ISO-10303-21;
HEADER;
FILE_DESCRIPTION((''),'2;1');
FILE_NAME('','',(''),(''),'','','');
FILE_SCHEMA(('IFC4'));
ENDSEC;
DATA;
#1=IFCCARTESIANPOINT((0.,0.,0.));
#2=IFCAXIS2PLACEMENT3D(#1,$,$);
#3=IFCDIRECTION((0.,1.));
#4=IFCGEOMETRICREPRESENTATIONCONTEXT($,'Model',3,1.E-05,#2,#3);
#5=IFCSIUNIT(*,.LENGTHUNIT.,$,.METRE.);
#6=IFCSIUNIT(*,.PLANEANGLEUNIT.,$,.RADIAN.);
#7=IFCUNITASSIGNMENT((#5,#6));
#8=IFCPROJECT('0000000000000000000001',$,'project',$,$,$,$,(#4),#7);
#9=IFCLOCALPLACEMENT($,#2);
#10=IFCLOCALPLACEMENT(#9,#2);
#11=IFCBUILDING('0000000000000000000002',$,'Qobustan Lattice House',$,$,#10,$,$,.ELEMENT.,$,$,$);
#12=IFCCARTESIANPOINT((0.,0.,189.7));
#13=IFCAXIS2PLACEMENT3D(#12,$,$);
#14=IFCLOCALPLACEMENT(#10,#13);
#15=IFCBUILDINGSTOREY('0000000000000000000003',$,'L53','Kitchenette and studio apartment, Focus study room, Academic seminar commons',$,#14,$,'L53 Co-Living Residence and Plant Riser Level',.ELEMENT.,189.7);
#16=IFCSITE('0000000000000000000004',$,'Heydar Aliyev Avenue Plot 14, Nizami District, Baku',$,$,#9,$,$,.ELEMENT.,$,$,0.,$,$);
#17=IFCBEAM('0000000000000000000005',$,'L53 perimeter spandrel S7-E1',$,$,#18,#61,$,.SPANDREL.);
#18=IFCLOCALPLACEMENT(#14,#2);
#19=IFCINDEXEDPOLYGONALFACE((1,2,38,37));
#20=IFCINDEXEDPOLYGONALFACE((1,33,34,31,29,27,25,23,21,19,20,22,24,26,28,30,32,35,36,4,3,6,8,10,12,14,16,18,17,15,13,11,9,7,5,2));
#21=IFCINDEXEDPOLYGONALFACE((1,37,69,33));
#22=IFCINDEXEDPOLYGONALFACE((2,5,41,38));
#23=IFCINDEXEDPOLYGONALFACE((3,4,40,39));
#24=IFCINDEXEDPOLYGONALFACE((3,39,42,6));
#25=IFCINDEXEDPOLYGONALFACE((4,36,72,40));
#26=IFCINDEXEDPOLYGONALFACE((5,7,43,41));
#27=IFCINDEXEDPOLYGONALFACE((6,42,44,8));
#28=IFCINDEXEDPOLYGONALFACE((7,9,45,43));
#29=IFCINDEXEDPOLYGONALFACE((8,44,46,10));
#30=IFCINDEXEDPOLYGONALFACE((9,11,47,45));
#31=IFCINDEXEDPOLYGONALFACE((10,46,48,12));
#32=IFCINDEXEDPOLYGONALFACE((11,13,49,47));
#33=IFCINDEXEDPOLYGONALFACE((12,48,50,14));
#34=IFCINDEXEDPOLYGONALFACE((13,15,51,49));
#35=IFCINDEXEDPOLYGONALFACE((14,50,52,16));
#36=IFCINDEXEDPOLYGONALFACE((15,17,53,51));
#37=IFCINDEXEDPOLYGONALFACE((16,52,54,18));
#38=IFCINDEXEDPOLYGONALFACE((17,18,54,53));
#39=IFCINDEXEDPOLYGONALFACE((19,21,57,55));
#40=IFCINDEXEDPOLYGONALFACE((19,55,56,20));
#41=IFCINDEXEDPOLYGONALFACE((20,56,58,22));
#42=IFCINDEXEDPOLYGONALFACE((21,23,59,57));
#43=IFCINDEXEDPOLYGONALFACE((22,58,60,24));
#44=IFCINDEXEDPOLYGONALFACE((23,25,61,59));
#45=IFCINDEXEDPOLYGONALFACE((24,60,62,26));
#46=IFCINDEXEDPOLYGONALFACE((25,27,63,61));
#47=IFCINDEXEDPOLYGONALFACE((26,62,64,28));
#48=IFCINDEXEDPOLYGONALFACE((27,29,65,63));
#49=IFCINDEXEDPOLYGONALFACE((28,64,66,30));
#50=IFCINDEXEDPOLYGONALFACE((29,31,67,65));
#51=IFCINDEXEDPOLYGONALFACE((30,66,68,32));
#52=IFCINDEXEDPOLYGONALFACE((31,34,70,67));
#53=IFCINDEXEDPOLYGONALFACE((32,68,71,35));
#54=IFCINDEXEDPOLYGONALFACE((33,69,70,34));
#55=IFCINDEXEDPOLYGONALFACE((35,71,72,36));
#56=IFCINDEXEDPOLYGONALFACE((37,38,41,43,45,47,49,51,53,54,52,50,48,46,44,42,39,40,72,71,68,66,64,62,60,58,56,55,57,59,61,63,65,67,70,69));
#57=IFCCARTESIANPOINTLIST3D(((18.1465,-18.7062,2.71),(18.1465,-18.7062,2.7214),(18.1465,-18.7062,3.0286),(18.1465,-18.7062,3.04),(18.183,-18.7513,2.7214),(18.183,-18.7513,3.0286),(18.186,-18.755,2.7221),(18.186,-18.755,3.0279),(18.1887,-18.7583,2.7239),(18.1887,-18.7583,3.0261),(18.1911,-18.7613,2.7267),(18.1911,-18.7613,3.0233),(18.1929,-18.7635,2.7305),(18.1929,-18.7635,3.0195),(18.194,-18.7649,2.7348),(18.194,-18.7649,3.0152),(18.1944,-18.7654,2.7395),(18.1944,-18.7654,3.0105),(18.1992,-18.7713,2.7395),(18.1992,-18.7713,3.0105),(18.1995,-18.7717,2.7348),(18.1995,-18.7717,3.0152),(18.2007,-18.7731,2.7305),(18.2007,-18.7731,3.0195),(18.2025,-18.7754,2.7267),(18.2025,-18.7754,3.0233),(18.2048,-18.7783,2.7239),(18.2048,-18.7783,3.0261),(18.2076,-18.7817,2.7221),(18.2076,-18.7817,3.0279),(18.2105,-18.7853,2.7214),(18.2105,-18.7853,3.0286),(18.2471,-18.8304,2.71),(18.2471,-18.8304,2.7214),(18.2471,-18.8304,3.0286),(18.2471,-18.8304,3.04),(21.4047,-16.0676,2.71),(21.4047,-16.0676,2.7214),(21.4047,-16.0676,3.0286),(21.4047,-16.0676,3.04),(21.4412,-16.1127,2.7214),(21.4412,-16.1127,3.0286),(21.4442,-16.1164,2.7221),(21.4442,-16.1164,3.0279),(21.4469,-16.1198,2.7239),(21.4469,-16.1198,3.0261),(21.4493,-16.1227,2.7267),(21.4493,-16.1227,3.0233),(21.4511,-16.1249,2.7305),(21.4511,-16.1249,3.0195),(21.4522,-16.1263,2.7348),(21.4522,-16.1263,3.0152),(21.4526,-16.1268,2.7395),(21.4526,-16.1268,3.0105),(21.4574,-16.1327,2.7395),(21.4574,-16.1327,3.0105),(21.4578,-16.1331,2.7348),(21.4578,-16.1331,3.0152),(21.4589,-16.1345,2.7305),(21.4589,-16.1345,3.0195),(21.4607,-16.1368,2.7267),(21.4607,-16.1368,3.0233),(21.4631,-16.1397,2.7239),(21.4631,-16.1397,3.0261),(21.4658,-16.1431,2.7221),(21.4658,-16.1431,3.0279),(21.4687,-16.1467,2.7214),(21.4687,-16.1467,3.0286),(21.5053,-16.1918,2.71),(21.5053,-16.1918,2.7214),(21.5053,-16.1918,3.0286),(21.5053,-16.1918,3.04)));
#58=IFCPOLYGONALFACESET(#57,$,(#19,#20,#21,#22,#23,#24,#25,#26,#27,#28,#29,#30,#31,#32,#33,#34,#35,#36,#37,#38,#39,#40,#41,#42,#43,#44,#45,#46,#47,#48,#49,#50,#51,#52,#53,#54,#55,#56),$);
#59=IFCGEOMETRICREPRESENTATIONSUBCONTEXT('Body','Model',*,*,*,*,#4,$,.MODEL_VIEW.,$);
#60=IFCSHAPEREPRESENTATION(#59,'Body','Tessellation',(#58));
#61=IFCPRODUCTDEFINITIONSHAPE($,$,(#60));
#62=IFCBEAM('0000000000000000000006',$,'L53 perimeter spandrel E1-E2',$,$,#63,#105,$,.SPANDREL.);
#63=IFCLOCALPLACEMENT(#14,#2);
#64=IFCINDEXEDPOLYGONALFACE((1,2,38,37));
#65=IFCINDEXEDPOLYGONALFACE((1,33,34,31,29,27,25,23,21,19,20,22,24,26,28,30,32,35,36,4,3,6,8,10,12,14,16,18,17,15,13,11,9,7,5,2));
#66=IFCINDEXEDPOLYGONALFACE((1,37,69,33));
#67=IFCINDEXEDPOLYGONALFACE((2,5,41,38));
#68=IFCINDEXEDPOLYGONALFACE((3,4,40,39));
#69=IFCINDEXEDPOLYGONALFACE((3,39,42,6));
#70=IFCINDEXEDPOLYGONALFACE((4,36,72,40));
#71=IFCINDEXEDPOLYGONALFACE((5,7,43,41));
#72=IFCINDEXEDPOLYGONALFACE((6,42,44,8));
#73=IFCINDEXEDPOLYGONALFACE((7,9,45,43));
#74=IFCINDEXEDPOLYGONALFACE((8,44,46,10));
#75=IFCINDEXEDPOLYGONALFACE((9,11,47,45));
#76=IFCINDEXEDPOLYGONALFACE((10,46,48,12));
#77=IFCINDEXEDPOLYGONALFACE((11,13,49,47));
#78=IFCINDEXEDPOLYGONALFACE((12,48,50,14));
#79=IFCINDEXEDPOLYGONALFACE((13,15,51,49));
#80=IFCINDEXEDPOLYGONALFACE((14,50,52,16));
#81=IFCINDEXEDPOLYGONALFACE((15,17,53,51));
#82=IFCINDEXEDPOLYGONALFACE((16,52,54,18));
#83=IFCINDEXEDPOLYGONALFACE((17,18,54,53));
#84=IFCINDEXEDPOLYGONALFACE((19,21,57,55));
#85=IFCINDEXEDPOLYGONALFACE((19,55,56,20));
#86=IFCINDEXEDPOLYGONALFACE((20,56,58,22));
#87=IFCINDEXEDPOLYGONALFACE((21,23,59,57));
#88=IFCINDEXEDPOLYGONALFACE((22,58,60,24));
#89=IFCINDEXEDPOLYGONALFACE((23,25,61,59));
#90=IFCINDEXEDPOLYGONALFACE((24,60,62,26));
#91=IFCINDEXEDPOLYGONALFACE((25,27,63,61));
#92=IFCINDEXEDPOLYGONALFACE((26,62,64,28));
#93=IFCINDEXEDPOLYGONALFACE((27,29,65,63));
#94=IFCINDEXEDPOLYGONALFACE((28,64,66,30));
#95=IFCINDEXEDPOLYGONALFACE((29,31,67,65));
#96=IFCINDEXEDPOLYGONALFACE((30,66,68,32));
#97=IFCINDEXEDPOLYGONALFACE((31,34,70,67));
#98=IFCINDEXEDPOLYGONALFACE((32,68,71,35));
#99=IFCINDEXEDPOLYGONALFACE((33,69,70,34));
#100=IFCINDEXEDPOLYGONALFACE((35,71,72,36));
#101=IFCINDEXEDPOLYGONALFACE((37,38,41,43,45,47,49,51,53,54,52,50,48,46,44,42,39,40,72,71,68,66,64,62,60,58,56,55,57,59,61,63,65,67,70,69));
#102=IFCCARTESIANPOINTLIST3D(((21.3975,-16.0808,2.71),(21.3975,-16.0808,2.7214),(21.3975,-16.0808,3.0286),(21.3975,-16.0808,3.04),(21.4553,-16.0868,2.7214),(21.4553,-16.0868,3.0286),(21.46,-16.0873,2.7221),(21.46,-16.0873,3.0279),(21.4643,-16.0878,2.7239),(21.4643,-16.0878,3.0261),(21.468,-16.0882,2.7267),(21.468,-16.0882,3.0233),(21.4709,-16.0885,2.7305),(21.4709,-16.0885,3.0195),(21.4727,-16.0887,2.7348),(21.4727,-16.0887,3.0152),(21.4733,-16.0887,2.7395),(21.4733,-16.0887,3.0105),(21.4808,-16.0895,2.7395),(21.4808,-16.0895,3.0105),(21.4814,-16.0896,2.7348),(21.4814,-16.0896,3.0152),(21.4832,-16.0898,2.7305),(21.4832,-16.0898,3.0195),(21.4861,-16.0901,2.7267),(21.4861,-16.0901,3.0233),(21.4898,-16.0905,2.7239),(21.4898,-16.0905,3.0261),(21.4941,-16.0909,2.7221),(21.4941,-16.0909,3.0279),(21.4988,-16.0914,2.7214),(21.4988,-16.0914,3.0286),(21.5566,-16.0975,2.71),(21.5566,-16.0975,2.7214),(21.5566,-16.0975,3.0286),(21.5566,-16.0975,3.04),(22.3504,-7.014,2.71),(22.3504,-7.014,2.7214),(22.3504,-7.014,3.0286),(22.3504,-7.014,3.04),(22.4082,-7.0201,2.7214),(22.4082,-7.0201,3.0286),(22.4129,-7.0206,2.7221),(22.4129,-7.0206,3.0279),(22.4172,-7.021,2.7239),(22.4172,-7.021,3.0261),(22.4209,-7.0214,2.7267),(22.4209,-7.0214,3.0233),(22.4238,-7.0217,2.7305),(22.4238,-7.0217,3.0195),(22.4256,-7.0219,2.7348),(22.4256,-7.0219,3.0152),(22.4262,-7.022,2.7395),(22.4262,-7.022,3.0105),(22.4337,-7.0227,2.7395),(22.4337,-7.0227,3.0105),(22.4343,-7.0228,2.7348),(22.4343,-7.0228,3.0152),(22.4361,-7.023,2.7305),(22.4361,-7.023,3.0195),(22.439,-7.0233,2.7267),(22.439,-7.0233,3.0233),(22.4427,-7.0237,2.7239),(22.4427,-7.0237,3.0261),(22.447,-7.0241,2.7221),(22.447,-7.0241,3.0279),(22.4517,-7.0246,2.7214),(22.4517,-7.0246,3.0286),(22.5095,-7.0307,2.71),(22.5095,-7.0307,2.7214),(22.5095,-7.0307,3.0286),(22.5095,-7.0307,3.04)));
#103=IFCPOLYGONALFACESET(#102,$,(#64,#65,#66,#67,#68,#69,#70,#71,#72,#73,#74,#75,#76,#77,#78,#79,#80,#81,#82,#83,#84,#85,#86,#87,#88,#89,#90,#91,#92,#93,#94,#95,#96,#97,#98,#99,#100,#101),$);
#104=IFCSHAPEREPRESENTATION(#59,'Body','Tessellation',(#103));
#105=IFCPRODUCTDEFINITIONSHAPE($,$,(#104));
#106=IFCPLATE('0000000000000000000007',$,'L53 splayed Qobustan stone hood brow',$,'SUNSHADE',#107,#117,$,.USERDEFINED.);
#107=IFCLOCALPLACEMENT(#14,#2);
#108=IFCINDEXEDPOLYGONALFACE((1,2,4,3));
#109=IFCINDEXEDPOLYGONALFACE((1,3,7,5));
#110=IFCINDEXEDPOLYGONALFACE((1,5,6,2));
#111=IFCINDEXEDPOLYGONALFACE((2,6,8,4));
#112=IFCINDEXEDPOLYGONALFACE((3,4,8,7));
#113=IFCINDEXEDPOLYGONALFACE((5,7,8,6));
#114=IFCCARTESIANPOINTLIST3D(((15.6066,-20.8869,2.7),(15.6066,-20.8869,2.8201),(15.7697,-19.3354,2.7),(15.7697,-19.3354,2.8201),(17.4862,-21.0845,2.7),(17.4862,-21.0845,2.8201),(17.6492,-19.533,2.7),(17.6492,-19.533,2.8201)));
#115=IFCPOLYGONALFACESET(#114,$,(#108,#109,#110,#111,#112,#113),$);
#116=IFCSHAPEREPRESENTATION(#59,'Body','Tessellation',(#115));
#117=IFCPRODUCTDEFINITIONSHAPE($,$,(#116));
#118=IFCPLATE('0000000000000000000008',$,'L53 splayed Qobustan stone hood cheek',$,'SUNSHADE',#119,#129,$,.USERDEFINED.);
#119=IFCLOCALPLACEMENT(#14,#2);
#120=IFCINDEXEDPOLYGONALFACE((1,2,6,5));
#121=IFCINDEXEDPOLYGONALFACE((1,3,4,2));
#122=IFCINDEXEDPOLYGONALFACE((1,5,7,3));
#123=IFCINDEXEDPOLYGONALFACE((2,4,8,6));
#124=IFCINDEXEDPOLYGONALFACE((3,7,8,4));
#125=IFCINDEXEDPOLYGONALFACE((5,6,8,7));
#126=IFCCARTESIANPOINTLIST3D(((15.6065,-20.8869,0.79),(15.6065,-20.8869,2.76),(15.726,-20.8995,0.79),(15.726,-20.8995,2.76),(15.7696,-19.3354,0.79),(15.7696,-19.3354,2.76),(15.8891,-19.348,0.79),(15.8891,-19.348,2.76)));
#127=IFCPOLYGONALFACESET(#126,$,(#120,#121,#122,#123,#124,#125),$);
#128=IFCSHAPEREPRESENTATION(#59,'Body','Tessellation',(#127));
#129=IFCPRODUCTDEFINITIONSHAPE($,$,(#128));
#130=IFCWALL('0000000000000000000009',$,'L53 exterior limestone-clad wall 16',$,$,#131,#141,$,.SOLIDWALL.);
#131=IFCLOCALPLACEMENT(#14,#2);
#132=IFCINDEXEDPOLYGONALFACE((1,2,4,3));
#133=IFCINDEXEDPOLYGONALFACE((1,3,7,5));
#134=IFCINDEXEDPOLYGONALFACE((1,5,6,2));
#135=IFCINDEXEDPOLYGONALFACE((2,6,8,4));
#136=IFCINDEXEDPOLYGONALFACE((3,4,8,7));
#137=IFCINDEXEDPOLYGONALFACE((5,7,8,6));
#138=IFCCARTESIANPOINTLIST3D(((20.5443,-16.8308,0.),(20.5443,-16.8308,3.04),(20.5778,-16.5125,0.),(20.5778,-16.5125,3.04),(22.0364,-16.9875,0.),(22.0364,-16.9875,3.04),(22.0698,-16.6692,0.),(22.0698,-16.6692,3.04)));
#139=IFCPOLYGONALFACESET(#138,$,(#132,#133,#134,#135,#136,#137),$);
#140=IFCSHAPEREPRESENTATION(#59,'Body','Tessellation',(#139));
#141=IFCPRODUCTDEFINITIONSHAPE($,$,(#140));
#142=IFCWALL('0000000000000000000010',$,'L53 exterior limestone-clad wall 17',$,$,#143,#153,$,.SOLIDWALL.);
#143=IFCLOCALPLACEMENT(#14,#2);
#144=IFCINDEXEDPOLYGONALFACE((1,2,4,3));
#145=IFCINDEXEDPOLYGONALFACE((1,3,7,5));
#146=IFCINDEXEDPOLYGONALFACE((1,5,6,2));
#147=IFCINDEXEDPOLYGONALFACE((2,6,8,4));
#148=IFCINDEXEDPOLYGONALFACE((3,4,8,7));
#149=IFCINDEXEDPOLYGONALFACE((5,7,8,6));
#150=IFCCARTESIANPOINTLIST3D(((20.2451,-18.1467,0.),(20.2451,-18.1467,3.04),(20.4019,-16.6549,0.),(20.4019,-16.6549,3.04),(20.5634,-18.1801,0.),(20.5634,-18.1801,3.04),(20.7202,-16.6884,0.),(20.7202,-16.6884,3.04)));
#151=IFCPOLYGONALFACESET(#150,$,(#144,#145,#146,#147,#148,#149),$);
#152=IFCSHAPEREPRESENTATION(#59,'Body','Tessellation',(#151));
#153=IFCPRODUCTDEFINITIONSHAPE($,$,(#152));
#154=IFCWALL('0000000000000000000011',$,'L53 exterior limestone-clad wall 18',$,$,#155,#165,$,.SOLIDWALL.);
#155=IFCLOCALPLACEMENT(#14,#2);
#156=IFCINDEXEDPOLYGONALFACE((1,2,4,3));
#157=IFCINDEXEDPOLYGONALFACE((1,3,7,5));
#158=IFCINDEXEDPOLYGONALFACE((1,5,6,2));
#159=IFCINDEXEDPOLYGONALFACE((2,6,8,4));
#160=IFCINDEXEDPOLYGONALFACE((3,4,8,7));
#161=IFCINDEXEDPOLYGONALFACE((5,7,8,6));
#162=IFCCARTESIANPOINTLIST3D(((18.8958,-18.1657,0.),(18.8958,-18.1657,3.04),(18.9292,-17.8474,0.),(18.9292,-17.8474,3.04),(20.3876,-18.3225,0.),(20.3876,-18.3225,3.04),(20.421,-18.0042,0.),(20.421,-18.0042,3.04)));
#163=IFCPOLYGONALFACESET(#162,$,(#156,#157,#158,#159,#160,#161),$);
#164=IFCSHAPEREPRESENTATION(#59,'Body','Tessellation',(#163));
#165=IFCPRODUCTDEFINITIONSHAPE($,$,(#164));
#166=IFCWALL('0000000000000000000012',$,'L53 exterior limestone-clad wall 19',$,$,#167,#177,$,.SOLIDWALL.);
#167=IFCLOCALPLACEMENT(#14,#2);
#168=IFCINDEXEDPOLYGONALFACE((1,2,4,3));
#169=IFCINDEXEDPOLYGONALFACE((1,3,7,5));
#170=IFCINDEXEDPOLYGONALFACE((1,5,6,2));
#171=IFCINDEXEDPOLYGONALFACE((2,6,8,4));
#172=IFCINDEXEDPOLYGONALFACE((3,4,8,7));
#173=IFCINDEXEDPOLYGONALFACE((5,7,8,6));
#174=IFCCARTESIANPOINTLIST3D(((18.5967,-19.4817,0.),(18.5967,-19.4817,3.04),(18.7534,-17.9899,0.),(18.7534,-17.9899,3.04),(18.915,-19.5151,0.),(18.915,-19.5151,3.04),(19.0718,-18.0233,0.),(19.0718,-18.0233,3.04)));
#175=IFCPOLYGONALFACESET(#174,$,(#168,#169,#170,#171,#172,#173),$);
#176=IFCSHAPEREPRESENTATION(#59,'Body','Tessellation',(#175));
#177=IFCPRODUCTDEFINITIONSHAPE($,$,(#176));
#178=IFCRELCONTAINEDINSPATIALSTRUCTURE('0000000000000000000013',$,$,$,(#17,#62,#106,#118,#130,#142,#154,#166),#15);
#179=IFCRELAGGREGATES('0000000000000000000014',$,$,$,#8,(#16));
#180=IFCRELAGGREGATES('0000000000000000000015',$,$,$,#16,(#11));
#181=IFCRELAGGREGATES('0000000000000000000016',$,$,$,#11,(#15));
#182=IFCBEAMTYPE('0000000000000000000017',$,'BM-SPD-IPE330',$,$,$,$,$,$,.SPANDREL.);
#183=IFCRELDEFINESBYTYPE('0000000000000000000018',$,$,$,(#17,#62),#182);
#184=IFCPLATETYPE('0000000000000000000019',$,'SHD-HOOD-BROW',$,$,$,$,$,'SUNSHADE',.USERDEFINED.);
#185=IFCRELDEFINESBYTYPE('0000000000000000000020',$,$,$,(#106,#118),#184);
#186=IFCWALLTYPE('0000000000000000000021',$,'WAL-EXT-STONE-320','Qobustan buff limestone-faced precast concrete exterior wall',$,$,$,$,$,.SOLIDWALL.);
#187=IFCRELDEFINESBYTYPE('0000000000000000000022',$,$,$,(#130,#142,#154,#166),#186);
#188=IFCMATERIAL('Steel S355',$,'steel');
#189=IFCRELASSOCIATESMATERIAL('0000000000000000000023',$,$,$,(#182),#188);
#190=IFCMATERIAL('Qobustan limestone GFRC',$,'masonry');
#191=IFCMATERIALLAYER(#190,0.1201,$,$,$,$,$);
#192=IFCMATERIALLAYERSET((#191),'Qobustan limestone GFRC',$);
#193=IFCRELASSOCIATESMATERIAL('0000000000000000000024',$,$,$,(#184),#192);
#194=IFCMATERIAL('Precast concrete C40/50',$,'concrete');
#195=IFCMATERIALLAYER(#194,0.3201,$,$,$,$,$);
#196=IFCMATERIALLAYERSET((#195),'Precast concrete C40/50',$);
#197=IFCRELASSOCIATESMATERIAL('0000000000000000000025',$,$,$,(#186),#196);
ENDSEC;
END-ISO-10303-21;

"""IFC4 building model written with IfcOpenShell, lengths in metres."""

from ifc_helpers import new_model, si_unit, direction, frame, frame_2d, origin, origin_2d, place, context, subcontext, project, spatial, rectangle, i_section, extrude, material, layer, layer_set, material_profile, profile_set, type_object, element, save


model = new_model("IFC4")

# Units and contexts
model_context = context("Model", 3, precision=1e-05, world=origin(), true_north=direction((0.0, 1.0)))
body_context = subcontext(model_context, "Body", "Model", "MODEL_VIEW")
ifc_project = project(units=[si_unit("LENGTHUNIT", "METRE"), si_unit("PLANEANGLEUNIT", "RADIAN")], contexts=[model_context])

# Site, building, storey
site_placement = place(None, origin())
site = spatial("IfcSite", under=ifc_project, at=site_placement, Name="Heydar Aliyev Avenue Plot 14, Nizami District, Baku", CompositionType="ELEMENT", RefElevation=0.0)
building_placement = place(site_placement, origin())
building = spatial("IfcBuilding", under=site, at=building_placement, Name="Qobustan Lattice House", CompositionType="ELEMENT")
storey_placement = place(building_placement, frame((0.0, 0.0, 189.7)))
storey = spatial("IfcBuildingStorey", under=building, at=storey_placement, Name="L53", Description="Kitchenette and studio apartment, Focus study room, Academic seminar commons", LongName="L53 Co-Living Residence and Plant Riser Level", CompositionType="ELEMENT", Elevation=189.7)

# Beams
ifc_material_1 = material(Name="Steel S355", Category="steel")
ifc_material_profile_1 = material_profile(ifc_material_1, i_section(OverallWidth=0.1599, OverallDepth=0.3301, WebThickness=0.0076, FlangeThickness=0.0115, FilletRadius=0.0181, at=origin_2d()), Name="IPE330")
ifc_profile_set_1 = profile_set([ifc_material_profile_1], Name="Steel S355")
beam_type_1 = type_object("IfcBeamType", Name="BM-SPD-IPE330", PredefinedType="SPANDREL", material=ifc_profile_set_1)
beam_1_placement = place(storey_placement, frame((18.1968, -18.7683, 2.875), z_axis=(0.777128, 0.629342, 0.0), x_axis=(-0.629342, 0.777128, 0.0)))
element("IfcBeam", 1, at=beam_1_placement, inside=storey, type_object=beam_type_1, Name="L53 perimeter spandrel S7-E1", PredefinedType="SPANDREL", context=body_context, shape_type="SweptSolid", body=[
    extrude(i_section(OverallWidth=0.1599, OverallDepth=0.3301, WebThickness=0.0076, FlangeThickness=0.0115, FilletRadius=0.0181, at=origin_2d()), origin(), (0.0, 0.0, 1.0), 4.1926),
])
beam_2_placement = place(storey_placement, frame((21.4771, -16.0891, 2.875), z_axis=(0.104522, 0.994523, 0.0), x_axis=(-0.994523, 0.104522, 0.0)))
element("IfcBeam", 2, at=beam_2_placement, inside=storey, type_object=beam_type_1, Name="L53 perimeter spandrel E1-E2", PredefinedType="SPANDREL", context=body_context, shape_type="SweptSolid", body=[
    extrude(i_section(OverallWidth=0.1599, OverallDepth=0.3301, WebThickness=0.0076, FlangeThickness=0.0115, FilletRadius=0.0181, at=origin_2d()), origin(), (0.0, 0.0, 1.0), 9.1167),
])

# Plates
ifc_material_2 = material(Name="Qobustan limestone GFRC", Category="masonry")
ifc_layer_1 = layer(ifc_material_2, 0.1201)
ifc_layer_set_1 = layer_set([ifc_layer_1], Name="Qobustan limestone GFRC")
plate_type = type_object("IfcPlateType", Name="SHD-HOOD-BROW", ElementType="SUNSHADE", PredefinedType="USERDEFINED", material=ifc_layer_set_1)
plate_1_placement = place(storey_placement, frame((16.6279, -20.21, 2.7), z_axis=(0.0, 0.0, 1.0), x_axis=(-0.994522, 0.104528, 0.0)))
element("IfcPlate", 3, at=plate_1_placement, inside=storey, type_object=plate_type, Name="L53 splayed Qobustan stone hood brow", ObjectType="SUNSHADE", PredefinedType="USERDEFINED", context=body_context, shape_type="SweptSolid", body=[
    extrude(rectangle(XDim=1.8899, YDim=1.5601, at=origin_2d()), origin(), (0.0, 0.0, 1.0), 0.1201),
])
plate_2_placement = place(storey_placement, frame((15.7478, -20.1174, 0.79), z_axis=(0.0, 0.0, 1.0), x_axis=(-0.994522, 0.104528, 0.0)))
element("IfcPlate", 4, at=plate_2_placement, inside=storey, type_object=plate_type, Name="L53 splayed Qobustan stone hood cheek", ObjectType="SUNSHADE", PredefinedType="USERDEFINED", context=body_context, shape_type="SweptSolid", body=[
    extrude(rectangle(XDim=0.1201, YDim=1.5601, at=origin_2d()), origin(), (0.0, 0.0, 1.0), 1.97),
])

# Walls
ifc_material_3 = material(Name="Precast concrete C40/50", Category="concrete")
ifc_layer_2 = layer(ifc_material_3, 0.3201)
ifc_layer_set_2 = layer_set([ifc_layer_2], Name="Precast concrete C40/50")
wall_type_1 = type_object("IfcWallType", Name="WAL-EXT-STONE-320", Description="Qobustan buff limestone-faced precast concrete exterior wall", PredefinedType="SOLIDWALL", material=ifc_layer_set_2)
wall_1_placement = place(storey_placement, frame((22.053, -16.8284, 0.0), z_axis=(0.0, 0.0, 1.0), x_axis=(-0.994527, 0.104481, 0.0)))
element("IfcWall", 5, at=wall_1_placement, inside=storey, type_object=wall_type_1, Name="L53 exterior limestone-clad wall 16", PredefinedType="SOLIDWALL", context=body_context, shape_type="SweptSolid", body=[
    extrude(rectangle(XDim=1.5002, YDim=0.3201, at=frame_2d((0.75, 0.0))), origin(), (0.0, 0.0, 1.0), 3.04),
])
for number, where, z_axis, x_axis, name in (
    (6, (20.561, -16.6716, 0.0), (0.0, 0.0, 1.0), (-0.104498, -0.994525, 0.0), "L53 exterior limestone-clad wall 17"),
    (7, (20.4043, -18.1633, 0.0), (0.0, 0.0, 1.0), (-0.994525, 0.104498, 0.0), "L53 exterior limestone-clad wall 18"),
    (8, (18.9126, -18.0066, 0.0), (0.0, 0.0, 1.0), (-0.104498, -0.994525, 0.0), "L53 exterior limestone-clad wall 19"),
):
    element("IfcWall", number, at=place(storey_placement, frame(where, z_axis=z_axis, x_axis=x_axis)), inside=storey, type_object=wall_type_1, Name=name, PredefinedType="SOLIDWALL", context=body_context, shape_type="SweptSolid", body=[
        extrude(rectangle(XDim=1.5, YDim=0.3201, at=frame_2d((0.75, 0.0))), origin(), (0.0, 0.0, 1.0), 3.04),
    ])

save(model, "model.ifc")
